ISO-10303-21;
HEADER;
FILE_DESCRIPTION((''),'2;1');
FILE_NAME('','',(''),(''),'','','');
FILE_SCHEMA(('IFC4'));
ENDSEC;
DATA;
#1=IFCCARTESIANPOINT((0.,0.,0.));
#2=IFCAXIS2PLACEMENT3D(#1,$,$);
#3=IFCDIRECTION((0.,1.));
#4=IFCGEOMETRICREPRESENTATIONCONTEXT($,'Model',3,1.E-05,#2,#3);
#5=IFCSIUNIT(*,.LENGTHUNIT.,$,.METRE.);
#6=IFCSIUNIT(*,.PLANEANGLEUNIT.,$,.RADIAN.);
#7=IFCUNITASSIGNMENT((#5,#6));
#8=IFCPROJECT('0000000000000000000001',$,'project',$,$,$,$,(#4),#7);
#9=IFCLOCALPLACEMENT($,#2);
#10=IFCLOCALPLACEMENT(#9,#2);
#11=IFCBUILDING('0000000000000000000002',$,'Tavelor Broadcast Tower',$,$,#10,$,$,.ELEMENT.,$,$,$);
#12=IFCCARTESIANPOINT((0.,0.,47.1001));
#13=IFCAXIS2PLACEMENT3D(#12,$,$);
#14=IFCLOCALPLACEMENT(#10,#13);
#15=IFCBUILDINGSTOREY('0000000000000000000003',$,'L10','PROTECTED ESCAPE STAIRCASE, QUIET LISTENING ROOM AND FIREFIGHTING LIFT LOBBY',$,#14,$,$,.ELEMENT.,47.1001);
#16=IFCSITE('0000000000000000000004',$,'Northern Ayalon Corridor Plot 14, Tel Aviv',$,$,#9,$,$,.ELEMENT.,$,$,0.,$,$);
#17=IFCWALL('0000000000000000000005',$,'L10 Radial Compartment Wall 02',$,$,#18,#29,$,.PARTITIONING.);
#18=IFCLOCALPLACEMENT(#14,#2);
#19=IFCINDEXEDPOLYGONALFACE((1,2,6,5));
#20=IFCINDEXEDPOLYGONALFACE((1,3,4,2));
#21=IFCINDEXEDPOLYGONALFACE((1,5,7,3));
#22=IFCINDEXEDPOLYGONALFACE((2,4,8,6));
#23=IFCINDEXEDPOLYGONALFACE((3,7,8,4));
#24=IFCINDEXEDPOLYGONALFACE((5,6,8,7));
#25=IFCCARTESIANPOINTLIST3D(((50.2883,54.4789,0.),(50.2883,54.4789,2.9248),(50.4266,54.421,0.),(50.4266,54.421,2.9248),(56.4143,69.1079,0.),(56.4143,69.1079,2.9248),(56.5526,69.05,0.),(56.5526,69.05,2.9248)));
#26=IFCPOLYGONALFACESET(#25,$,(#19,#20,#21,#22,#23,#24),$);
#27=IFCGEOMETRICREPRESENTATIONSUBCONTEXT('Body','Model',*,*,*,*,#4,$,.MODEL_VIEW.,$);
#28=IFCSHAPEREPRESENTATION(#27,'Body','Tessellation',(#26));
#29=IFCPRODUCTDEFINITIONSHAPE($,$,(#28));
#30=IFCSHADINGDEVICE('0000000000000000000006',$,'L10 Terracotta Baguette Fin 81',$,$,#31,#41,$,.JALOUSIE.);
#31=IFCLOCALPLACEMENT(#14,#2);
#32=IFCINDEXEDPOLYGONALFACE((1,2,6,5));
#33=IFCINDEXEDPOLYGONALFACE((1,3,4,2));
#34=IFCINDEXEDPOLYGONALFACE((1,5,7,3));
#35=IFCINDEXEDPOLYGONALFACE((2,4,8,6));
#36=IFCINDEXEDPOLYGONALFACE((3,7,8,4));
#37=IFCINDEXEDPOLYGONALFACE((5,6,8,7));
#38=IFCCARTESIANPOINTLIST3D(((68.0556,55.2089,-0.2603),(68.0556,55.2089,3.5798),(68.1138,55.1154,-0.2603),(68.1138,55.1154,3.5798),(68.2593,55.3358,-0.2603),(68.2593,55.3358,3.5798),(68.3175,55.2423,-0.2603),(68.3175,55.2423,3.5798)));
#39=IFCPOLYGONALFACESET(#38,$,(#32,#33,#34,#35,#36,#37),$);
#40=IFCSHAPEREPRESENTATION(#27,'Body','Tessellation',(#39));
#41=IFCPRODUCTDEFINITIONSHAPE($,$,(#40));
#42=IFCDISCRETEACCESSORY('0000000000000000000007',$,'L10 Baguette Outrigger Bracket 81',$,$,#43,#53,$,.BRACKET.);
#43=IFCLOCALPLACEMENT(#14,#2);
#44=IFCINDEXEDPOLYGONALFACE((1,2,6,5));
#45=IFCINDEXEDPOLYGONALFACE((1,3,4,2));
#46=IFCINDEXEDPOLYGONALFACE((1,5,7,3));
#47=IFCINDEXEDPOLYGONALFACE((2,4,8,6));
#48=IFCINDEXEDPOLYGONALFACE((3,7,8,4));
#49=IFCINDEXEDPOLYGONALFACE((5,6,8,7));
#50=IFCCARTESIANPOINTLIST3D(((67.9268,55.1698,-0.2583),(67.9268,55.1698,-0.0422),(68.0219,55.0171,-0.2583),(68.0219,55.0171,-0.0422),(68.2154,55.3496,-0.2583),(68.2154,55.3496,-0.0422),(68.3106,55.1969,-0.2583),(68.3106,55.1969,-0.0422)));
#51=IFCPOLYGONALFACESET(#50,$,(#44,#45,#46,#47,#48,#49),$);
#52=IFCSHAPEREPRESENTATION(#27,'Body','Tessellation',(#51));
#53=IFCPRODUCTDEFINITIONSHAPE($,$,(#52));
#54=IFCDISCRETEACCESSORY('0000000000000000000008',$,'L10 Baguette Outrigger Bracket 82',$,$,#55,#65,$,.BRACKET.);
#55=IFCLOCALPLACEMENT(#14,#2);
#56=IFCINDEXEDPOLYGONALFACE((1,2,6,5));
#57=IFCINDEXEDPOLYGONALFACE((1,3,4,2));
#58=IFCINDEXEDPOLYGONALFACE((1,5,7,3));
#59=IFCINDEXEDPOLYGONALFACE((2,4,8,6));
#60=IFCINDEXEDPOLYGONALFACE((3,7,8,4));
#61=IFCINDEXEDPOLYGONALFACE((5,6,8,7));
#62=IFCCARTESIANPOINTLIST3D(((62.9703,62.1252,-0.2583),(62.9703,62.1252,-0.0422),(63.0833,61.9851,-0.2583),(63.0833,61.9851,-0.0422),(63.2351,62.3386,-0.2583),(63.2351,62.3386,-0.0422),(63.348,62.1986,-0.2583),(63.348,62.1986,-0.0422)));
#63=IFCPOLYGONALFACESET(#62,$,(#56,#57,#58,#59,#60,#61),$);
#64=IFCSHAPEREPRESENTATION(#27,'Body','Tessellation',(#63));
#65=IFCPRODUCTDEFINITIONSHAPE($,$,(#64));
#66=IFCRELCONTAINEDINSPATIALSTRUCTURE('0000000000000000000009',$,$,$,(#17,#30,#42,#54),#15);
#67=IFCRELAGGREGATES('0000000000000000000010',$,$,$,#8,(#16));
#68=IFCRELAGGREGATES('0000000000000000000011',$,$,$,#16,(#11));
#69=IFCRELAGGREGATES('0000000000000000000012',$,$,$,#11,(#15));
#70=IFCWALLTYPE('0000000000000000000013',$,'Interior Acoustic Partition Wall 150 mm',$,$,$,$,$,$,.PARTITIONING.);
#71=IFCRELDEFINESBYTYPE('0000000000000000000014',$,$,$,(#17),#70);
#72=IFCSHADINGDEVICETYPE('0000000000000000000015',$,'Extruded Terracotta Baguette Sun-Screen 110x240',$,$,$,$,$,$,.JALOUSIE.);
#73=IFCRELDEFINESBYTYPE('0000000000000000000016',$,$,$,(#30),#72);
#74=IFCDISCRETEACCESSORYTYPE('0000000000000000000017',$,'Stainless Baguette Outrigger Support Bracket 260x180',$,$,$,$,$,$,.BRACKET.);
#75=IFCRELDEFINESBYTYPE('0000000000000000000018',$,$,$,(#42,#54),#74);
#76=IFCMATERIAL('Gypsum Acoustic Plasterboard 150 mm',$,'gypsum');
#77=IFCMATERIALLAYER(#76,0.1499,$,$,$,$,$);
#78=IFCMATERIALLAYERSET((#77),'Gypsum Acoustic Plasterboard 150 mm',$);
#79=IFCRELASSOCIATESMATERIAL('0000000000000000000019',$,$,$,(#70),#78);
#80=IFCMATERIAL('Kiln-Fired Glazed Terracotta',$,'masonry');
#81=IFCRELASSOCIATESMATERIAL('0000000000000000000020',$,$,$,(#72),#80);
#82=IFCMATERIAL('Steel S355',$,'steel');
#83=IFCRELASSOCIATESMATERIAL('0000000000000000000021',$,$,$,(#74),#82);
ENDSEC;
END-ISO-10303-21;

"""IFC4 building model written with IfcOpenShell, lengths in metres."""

from ifc_helpers import new_model, si_unit, direction, frame, frame_2d, origin, origin_2d, place, context, subcontext, project, spatial, rectangle, extrude, source, transform, mapped, material, layer, layer_set, type_object, type_shapes, element, save


model = new_model("IFC4")

# Units and contexts
model_context = context("Model", 3, precision=1e-05, world=origin(), true_north=direction((0.0, 1.0)))
body_context = subcontext(model_context, "Body", "Model", "MODEL_VIEW")
ifc_project = project(units=[si_unit("LENGTHUNIT", "METRE"), si_unit("PLANEANGLEUNIT", "RADIAN")], contexts=[model_context])

# Site, building, storey
site_placement = place(None, origin())
site = spatial("IfcSite", under=ifc_project, at=site_placement, Name="Northern Ayalon Corridor Plot 14, Tel Aviv", CompositionType="ELEMENT", RefElevation=0.0)
building_placement = place(site_placement, origin())
building = spatial("IfcBuilding", under=site, at=building_placement, Name="Tavelor Broadcast Tower", CompositionType="ELEMENT")
storey_placement = place(building_placement, frame((0.0, 0.0, 47.1001)))
storey = spatial("IfcBuildingStorey", under=building, at=storey_placement, Name="L10", Description="PROTECTED ESCAPE STAIRCASE, QUIET LISTENING ROOM AND FIREFIGHTING LIFT LOBBY", CompositionType="ELEMENT", Elevation=47.1001)

# Shared definitions
ifc_material_1 = material(Name="Steel S355", Category="steel")

# Shared definitions
ifc_material_2 = material(Name="Gypsum Acoustic Plasterboard 150 mm", Category="gypsum")
ifc_layer_1 = layer(ifc_material_2, 0.1499)
ifc_layer_set_1 = layer_set([ifc_layer_1], Name="Gypsum Acoustic Plasterboard 150 mm")
wall_type_1 = type_object("IfcWallType", Name="Interior Acoustic Partition Wall 150 mm", PredefinedType="PARTITIONING", material=ifc_layer_set_1)

# Wall
wall_1_placement = place(storey_placement, frame((50.3574, 54.45, 0.0), z_axis=(0.0, 0.0, 1.0), x_axis=(0.386259, 0.92239, 0.0)))
element("IfcWall", 1, at=wall_1_placement, inside=storey, type_object=wall_type_1, Name="L10 Radial Compartment Wall 02", PredefinedType="PARTITIONING", context=body_context, shape_type="SweptSolid", body=[
    extrude(rectangle(XDim=15.8599, YDim=0.1499, at=frame_2d((7.9299, 0.0))), origin(), (0.0, 0.0, 1.0), 2.9248),
])

# Shading device
ifc_material_3 = material(Name="Kiln-Fired Glazed Terracotta", Category="masonry")
shading_device_type = type_object("IfcShadingDeviceType", Name="Extruded Terracotta Baguette Sun-Screen 110x240", PredefinedType="JALOUSIE", material=ifc_material_3)
shared_shape_1 = source(origin(), body_context, "Body", "SweptSolid", [
    extrude(rectangle(XDim=0.1101, YDim=0.24, at=origin_2d()), origin(), (0.0, 0.0, 1.0), 3.8401),
])
type_shapes(shading_device_type, [shared_shape_1])
shading_device_placement = place(storey_placement, frame((68.1865, 55.2256, -0.2603), z_axis=(0.0, 0.0, 1.0), x_axis=(-0.528735, 0.848787, 0.0)))
element("IfcShadingDevice", 2, at=shading_device_placement, inside=storey, type_object=shading_device_type, Name="L10 Terracotta Baguette Fin 81", PredefinedType="JALOUSIE", context=body_context, shape_type="MappedRepresentation", body=[
    mapped(shared_shape_1, transform((0.0, 0.0, 0.0), scale=1.0)),
])

# Discrete accessories
discrete_accessory_type = type_object("IfcDiscreteAccessoryType", Name="Stainless Baguette Outrigger Support Bracket 260x180", PredefinedType="BRACKET", material=ifc_material_1)
shared_shape_2 = source(origin(), body_context, "Body", "SweptSolid", [
    extrude(rectangle(XDim=0.1799, YDim=0.3401, at=origin_2d()), origin(), (0.0, 0.0, 1.0), 0.2161),
])
type_shapes(discrete_accessory_type, [shared_shape_2])
for number, where, z_axis, x_axis, name in (
    (3, (68.1187, 55.1833, -0.2583), (0.0, 0.0, 1.0), (-0.528735, 0.848787, 0.0), "L10 Baguette Outrigger Bracket 81"),
    (4, (63.1592, 62.1619, -0.2583), (0.0, 0.0, 1.0), (-0.627691, 0.778462, 0.0), "L10 Baguette Outrigger Bracket 82"),
):
    element("IfcDiscreteAccessory", number, at=place(storey_placement, frame(where, z_axis=z_axis, x_axis=x_axis)), inside=storey, type_object=discrete_accessory_type, Name=name, PredefinedType="BRACKET", context=body_context, shape_type="MappedRepresentation", body=[
        mapped(shared_shape_2, transform((0.0, 0.0, 0.0), scale=1.0)),
    ])

save(model, "model.ifc")
